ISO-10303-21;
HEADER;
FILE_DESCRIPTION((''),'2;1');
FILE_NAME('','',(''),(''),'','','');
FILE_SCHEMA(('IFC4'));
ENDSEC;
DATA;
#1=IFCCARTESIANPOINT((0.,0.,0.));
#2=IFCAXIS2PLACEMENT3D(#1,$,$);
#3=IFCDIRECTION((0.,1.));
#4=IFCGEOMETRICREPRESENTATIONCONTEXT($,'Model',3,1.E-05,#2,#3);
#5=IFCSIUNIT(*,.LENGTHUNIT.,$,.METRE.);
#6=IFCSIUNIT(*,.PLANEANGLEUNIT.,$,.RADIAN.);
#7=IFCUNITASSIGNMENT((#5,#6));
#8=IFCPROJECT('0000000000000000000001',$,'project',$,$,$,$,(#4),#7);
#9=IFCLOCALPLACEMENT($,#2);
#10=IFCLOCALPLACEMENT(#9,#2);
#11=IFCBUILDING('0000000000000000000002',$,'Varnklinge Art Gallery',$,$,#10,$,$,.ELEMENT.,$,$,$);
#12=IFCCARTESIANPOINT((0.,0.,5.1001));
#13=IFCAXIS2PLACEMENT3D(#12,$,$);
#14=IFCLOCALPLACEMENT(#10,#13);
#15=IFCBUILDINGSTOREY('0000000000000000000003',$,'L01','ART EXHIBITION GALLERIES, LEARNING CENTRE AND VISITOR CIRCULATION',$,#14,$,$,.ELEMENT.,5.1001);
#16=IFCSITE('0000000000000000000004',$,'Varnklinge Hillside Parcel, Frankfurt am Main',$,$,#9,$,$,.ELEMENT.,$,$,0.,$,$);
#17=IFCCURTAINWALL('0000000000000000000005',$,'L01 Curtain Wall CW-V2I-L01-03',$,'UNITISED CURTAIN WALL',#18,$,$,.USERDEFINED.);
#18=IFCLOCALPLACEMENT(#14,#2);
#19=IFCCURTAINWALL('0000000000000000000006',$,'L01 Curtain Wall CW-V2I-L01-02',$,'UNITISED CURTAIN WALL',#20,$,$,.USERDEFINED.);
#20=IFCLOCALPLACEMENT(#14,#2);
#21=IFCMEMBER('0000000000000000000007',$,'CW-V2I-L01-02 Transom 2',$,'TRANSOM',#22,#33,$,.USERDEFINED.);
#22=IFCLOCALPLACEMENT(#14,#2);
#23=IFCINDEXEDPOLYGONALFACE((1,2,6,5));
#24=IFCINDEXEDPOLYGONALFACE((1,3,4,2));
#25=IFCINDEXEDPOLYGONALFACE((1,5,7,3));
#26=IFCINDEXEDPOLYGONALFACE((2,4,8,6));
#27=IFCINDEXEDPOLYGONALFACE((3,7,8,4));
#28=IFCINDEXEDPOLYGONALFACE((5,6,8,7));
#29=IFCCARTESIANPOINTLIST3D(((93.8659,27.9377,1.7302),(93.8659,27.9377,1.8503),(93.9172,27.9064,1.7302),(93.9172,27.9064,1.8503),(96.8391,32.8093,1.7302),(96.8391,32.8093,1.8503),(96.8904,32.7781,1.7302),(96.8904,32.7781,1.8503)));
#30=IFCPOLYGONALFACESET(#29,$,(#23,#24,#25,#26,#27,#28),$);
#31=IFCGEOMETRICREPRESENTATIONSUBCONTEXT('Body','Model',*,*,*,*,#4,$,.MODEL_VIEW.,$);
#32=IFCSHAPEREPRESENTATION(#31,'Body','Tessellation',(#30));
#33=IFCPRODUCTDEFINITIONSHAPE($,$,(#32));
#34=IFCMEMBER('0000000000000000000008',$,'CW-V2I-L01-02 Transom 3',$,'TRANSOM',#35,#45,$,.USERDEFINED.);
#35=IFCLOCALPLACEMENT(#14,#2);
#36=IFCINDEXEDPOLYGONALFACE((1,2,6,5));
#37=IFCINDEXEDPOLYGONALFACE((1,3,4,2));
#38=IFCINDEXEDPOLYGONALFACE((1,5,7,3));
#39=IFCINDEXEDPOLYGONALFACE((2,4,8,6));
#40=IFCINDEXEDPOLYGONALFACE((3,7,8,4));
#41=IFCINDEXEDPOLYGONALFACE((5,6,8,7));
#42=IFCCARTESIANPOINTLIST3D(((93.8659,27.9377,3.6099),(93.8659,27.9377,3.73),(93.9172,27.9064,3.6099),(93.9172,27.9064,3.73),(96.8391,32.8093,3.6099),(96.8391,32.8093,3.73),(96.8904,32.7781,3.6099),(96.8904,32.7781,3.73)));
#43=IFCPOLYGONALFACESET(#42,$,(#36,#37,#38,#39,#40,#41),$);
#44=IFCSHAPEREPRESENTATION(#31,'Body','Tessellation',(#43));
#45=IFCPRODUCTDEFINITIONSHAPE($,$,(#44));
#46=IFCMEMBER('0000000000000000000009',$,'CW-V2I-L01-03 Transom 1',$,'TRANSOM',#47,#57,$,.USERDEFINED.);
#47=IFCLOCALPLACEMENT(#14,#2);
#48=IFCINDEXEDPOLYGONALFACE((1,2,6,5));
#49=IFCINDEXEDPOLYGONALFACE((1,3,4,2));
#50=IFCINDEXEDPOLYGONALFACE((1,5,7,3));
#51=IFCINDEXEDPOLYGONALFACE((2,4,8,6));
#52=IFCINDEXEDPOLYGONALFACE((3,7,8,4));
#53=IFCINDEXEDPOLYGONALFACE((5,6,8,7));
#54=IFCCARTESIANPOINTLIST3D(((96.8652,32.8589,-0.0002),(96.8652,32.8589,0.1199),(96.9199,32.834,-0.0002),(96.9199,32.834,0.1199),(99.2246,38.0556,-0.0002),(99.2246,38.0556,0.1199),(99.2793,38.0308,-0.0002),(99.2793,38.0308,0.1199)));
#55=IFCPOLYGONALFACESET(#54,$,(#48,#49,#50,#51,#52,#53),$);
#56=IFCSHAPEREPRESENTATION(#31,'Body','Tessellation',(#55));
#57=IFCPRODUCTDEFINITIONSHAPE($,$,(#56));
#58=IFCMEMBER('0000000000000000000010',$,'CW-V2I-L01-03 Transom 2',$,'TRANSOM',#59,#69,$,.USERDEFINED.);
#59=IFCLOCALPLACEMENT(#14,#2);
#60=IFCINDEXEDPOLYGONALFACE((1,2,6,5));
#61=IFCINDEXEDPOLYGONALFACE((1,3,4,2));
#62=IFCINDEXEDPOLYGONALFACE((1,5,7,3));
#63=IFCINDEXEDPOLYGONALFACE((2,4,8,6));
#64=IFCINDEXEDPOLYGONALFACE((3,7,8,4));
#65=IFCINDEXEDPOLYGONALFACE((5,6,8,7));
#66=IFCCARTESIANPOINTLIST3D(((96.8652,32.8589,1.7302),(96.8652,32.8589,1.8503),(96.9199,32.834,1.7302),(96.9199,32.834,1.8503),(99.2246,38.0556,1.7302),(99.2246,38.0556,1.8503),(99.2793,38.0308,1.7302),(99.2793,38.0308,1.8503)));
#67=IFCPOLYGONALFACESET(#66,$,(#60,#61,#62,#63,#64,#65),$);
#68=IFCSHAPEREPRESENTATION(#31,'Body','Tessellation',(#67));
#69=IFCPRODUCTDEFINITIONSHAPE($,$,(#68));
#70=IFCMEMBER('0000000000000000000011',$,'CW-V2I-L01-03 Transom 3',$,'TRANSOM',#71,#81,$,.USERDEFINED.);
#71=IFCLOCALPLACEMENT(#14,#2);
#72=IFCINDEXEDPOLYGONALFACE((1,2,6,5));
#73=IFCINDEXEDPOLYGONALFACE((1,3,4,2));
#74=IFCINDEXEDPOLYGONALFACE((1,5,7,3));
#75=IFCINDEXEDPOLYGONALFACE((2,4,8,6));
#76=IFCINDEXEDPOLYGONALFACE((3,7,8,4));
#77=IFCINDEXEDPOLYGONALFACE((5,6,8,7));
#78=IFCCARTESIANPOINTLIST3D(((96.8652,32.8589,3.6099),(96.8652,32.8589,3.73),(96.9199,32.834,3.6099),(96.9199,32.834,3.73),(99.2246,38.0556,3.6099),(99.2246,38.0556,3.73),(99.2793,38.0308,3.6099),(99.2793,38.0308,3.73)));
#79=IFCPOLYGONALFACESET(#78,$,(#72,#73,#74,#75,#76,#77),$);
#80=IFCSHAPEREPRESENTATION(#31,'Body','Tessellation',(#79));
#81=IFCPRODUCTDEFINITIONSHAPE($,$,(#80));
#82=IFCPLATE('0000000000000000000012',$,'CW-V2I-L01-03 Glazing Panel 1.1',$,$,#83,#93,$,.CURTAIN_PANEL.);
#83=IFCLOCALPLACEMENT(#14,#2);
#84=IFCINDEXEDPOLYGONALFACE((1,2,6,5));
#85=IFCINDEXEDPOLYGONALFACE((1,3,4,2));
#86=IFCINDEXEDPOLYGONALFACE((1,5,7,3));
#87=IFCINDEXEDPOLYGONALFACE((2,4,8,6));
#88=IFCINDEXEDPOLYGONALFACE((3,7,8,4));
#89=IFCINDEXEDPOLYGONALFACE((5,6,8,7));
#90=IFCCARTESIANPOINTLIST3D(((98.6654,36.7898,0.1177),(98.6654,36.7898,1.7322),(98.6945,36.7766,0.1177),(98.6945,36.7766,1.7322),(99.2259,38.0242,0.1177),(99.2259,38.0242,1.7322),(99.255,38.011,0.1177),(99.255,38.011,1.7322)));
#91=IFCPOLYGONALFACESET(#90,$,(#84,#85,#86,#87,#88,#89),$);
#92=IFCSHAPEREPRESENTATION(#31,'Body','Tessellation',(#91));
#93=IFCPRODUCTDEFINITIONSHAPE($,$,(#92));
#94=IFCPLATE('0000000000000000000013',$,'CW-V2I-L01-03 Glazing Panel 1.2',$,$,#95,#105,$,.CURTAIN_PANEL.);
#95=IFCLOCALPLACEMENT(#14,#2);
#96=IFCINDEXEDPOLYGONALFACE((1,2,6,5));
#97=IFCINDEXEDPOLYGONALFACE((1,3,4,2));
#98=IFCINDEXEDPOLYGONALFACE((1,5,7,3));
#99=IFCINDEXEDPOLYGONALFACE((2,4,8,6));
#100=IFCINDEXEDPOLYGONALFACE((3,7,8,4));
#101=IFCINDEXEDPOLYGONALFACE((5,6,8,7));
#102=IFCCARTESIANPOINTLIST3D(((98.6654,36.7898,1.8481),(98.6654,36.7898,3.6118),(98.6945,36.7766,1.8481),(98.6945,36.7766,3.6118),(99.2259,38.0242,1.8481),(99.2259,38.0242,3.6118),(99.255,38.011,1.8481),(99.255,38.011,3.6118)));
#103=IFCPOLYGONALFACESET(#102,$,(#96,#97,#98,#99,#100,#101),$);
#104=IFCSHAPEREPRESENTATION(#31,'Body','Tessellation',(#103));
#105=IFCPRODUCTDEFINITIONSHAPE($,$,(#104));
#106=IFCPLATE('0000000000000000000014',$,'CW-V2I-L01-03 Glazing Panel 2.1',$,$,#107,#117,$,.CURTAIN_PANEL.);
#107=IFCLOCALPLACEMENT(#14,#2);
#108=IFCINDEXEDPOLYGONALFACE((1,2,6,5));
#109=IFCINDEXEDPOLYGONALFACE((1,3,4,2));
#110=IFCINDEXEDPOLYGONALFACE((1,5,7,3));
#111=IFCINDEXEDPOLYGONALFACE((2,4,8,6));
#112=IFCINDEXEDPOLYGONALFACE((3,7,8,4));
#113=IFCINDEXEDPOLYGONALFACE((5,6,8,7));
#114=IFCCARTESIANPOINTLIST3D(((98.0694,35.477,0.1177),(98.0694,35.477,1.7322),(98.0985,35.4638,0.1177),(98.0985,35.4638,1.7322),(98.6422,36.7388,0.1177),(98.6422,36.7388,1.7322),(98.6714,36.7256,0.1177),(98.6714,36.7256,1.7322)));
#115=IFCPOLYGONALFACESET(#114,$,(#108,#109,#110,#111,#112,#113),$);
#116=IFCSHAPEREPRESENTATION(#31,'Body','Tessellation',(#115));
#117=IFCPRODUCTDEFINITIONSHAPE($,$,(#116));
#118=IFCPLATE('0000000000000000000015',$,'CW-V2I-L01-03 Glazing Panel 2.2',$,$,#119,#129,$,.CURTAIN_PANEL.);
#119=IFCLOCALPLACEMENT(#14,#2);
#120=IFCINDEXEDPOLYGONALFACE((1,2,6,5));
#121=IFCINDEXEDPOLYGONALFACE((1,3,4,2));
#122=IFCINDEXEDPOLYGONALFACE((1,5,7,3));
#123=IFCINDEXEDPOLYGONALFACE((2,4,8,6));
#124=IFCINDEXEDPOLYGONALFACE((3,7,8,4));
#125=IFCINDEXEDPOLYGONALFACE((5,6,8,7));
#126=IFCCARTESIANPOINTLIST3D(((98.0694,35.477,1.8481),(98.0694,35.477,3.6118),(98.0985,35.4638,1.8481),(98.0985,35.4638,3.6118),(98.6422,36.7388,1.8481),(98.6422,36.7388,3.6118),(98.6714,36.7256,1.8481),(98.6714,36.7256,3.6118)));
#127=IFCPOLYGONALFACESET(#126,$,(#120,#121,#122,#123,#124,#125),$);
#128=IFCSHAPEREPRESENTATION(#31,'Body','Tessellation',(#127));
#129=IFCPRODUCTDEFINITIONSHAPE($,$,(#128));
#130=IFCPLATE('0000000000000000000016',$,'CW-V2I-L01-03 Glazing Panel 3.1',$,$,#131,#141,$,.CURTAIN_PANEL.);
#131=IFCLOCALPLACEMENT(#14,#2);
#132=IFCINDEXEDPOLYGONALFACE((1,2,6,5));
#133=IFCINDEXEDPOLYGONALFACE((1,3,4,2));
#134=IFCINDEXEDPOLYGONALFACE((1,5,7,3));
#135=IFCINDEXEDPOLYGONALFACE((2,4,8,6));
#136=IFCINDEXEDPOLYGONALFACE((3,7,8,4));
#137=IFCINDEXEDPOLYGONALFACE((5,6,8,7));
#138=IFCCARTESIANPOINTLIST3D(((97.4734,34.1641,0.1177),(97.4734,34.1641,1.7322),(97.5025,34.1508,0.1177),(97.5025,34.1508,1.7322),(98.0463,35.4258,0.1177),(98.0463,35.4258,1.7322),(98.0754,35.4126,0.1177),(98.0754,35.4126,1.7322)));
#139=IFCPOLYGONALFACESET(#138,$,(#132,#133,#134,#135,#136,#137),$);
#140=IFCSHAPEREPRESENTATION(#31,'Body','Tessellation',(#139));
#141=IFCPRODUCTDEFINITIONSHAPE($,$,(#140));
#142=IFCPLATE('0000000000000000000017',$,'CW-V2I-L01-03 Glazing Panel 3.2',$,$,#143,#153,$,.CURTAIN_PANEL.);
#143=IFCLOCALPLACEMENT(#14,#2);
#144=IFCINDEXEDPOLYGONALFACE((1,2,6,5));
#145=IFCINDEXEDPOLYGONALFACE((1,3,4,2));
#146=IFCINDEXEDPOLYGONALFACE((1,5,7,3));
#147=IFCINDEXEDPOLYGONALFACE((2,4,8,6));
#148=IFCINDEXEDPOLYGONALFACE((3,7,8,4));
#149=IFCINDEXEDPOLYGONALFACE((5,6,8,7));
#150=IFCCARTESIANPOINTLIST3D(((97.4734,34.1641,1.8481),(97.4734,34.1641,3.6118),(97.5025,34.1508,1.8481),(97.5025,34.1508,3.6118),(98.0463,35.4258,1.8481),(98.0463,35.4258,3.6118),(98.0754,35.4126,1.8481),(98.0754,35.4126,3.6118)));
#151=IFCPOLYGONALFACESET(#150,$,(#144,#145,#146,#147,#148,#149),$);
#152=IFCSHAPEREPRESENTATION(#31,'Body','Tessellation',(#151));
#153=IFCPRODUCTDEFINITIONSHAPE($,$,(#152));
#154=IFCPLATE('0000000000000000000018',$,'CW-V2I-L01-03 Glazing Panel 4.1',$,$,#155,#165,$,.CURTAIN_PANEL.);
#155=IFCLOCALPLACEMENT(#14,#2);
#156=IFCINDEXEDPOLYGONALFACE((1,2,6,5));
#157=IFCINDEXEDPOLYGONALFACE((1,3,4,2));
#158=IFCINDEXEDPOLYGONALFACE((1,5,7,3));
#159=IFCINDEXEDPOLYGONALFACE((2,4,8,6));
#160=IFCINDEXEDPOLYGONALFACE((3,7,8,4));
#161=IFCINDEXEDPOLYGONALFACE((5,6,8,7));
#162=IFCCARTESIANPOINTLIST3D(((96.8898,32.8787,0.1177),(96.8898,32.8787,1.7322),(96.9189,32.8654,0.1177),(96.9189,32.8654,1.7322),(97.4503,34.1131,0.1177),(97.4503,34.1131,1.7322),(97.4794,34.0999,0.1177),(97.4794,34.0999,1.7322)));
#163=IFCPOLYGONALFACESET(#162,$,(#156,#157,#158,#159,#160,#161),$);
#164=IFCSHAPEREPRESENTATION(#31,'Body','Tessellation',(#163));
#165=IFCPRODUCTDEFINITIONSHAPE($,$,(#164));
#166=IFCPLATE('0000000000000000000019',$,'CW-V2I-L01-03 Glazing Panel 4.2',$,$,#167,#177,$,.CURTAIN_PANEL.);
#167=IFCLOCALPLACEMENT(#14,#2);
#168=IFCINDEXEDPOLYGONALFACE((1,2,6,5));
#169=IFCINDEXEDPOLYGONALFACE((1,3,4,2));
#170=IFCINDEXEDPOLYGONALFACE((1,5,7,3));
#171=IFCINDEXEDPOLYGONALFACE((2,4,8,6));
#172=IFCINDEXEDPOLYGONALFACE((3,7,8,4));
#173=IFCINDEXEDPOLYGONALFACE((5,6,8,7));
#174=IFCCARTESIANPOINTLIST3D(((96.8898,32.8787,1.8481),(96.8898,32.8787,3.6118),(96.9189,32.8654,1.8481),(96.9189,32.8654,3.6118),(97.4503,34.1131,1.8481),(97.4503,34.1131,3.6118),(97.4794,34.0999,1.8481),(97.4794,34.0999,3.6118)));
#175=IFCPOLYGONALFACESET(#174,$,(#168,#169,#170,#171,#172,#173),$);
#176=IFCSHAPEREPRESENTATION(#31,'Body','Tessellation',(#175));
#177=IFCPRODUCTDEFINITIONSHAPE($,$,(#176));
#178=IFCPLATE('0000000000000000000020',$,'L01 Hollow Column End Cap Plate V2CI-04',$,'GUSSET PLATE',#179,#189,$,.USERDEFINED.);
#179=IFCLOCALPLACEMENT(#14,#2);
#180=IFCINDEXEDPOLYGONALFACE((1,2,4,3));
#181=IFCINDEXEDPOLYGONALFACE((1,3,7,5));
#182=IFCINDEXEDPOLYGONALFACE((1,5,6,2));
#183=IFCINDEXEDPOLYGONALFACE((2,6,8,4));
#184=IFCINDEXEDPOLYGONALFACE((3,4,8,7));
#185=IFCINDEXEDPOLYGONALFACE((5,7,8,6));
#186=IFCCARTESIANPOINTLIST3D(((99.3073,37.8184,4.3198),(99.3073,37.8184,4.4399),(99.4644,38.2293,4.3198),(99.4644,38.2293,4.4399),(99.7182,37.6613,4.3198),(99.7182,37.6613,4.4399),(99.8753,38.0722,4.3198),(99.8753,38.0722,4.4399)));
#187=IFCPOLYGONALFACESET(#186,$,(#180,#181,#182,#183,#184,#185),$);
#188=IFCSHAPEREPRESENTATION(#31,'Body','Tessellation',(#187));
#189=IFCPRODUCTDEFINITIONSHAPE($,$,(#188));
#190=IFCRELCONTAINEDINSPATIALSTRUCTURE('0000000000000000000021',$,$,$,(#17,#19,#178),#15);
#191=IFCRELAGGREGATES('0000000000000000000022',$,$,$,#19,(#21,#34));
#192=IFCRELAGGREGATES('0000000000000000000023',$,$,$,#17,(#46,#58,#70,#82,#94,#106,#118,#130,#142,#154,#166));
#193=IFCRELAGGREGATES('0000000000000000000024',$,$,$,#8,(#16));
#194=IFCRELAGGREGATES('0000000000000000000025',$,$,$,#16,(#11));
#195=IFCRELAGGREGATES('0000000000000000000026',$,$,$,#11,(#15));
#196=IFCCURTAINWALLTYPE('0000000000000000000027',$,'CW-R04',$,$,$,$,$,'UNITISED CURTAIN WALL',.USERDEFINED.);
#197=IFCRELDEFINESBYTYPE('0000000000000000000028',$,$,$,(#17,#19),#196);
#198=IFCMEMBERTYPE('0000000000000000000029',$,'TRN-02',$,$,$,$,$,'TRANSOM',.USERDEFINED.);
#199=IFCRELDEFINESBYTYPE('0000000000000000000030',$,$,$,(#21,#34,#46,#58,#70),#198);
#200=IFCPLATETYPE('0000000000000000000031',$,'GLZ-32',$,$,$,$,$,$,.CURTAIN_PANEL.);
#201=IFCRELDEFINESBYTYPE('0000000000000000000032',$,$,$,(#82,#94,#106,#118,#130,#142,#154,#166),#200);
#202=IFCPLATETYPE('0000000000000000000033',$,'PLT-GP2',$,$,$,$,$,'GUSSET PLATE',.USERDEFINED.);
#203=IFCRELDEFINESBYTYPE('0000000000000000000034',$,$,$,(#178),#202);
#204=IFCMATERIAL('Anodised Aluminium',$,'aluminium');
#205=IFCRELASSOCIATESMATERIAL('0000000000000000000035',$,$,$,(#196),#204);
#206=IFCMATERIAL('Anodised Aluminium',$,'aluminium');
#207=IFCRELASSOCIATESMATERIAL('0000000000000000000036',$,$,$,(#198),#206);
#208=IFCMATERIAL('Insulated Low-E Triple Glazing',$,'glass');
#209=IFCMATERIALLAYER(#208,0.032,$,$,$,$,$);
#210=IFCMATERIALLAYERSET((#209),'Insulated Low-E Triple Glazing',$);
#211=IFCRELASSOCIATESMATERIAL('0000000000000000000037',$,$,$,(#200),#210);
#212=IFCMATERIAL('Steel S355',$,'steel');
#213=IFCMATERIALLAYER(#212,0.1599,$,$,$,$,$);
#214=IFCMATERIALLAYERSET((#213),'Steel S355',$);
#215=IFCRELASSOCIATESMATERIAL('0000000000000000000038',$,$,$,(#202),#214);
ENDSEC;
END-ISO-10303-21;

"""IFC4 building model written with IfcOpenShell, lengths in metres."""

from ifc_helpers import new_model, si_unit, direction, frame, origin, origin_2d, place, context, subcontext, project, spatial, rectangle, extrude, material, layer, layer_set, material_profile, profile_set, type_object, element, aggregate, save


model = new_model("IFC4")

# Units and contexts
model_context = context("Model", 3, precision=1e-05, world=origin(), true_north=direction((0.0, 1.0)))
body_context = subcontext(model_context, "Body", "Model", "MODEL_VIEW")
ifc_project = project(units=[si_unit("LENGTHUNIT", "METRE"), si_unit("PLANEANGLEUNIT", "RADIAN")], contexts=[model_context])

# Site, building, storey
site_placement = place(None, origin())
site = spatial("IfcSite", under=ifc_project, at=site_placement, Name="Varnklinge Hillside Parcel, Frankfurt am Main", CompositionType="ELEMENT", RefElevation=0.0)
building_placement = place(site_placement, origin())
building = spatial("IfcBuilding", under=site, at=building_placement, Name="Varnklinge Art Gallery", CompositionType="ELEMENT")
storey_placement = place(building_placement, frame((0.0, 0.0, 5.1001)))
storey = spatial("IfcBuildingStorey", under=building, at=storey_placement, Name="L01", Description="ART EXHIBITION GALLERIES, LEARNING CENTRE AND VISITOR CIRCULATION", CompositionType="ELEMENT", Elevation=5.1001)

# Curtain wall
ifc_material_1 = material(Name="Anodised Aluminium", Category="aluminium")
curtain_wall_type = type_object("IfcCurtainWallType", Name="CW-R04", ElementType="UNITISED CURTAIN WALL", PredefinedType="USERDEFINED", material=ifc_material_1)
curtain_wall_1_placement = place(storey_placement, origin())
curtain_wall_1 = element("IfcCurtainWall", 1, at=curtain_wall_1_placement, inside=storey, type_object=curtain_wall_type, Name="L01 Curtain Wall CW-V2I-L01-03", ObjectType="UNITISED CURTAIN WALL", PredefinedType="USERDEFINED")

# Curtain wall, members
curtain_wall_2_placement = place(storey_placement, origin())
curtain_wall_2 = element("IfcCurtainWall", 2, at=curtain_wall_2_placement, inside=storey, type_object=curtain_wall_type, Name="L01 Curtain Wall CW-V2I-L01-02", ObjectType="UNITISED CURTAIN WALL", PredefinedType="USERDEFINED")
ifc_material_2 = material(Name="Anodised Aluminium", Category="aluminium")
ifc_material_profile_1 = material_profile(ifc_material_2, rectangle(XDim=0.0601, YDim=0.1201, at=origin_2d()), Name="ALU 60x120")
ifc_profile_set_1 = profile_set([ifc_material_profile_1], Name="Anodised Aluminium")
member_type_1 = type_object("IfcMemberType", Name="TRN-02", ElementType="TRANSOM", PredefinedType="USERDEFINED", material=ifc_profile_set_1)
member_1_placement = place(storey_placement, frame((96.8647, 32.7937, 1.7903), z_axis=(-0.520948, -0.853588, 0.0), x_axis=(0.853588, -0.520948, 0.0)))
member_1 = element("IfcMember", 3, at=member_1_placement, type_object=member_type_1, Name="CW-V2I-L01-02 Transom 2", ObjectType="TRANSOM", PredefinedType="USERDEFINED", context=body_context, shape_type="SweptSolid", body=[
    extrude(rectangle(XDim=0.0601, YDim=0.1201, at=origin_2d()), origin(), (0.0, 0.0, 1.0), 5.7073),
])
member_2_placement = place(storey_placement, frame((96.8647, 32.7937, 3.6699), z_axis=(-0.520948, -0.853588, 0.0), x_axis=(0.853588, -0.520948, 0.0)))
member_2 = element("IfcMember", 4, at=member_2_placement, type_object=member_type_1, Name="CW-V2I-L01-02 Transom 3", ObjectType="TRANSOM", PredefinedType="USERDEFINED", context=body_context, shape_type="SweptSolid", body=[
    extrude(rectangle(XDim=0.0601, YDim=0.1201, at=origin_2d()), origin(), (0.0, 0.0, 1.0), 5.7073),
])
aggregate(curtain_wall_2, [member_1, member_2])

# Members
member_3_placement = place(storey_placement, frame((99.252, 38.0432, 0.0598), z_axis=(-0.413397, -0.910551, 0.0), x_axis=(0.910551, -0.413397, 0.0)))
member_3 = element("IfcMember", 5, at=member_3_placement, type_object=member_type_1, Name="CW-V2I-L01-03 Transom 1", ObjectType="TRANSOM", PredefinedType="USERDEFINED", context=body_context, shape_type="SweptSolid", body=[
    extrude(rectangle(XDim=0.0601, YDim=0.1201, at=origin_2d()), origin(), (0.0, 0.0, 1.0), 5.7073),
])
member_4_placement = place(storey_placement, frame((99.252, 38.0432, 1.7903), z_axis=(-0.413397, -0.910551, 0.0), x_axis=(0.910551, -0.413397, 0.0)))
member_4 = element("IfcMember", 6, at=member_4_placement, type_object=member_type_1, Name="CW-V2I-L01-03 Transom 2", ObjectType="TRANSOM", PredefinedType="USERDEFINED", context=body_context, shape_type="SweptSolid", body=[
    extrude(rectangle(XDim=0.0601, YDim=0.1201, at=origin_2d()), origin(), (0.0, 0.0, 1.0), 5.7073),
])
member_5_placement = place(storey_placement, frame((99.252, 38.0432, 3.6699), z_axis=(-0.413397, -0.910551, 0.0), x_axis=(0.910551, -0.413397, 0.0)))
member_5 = element("IfcMember", 7, at=member_5_placement, type_object=member_type_1, Name="CW-V2I-L01-03 Transom 3", ObjectType="TRANSOM", PredefinedType="USERDEFINED", context=body_context, shape_type="SweptSolid", body=[
    extrude(rectangle(XDim=0.0601, YDim=0.1201, at=origin_2d()), origin(), (0.0, 0.0, 1.0), 5.7073),
])

# Plates
ifc_material_3 = material(Name="Insulated Low-E Triple Glazing", Category="glass")
ifc_layer_1 = layer(ifc_material_3, 0.032)
ifc_layer_set_1 = layer_set([ifc_layer_1], Name="Insulated Low-E Triple Glazing")
plate_type_1 = type_object("IfcPlateType", Name="GLZ-32", PredefinedType="CURTAIN_PANEL", material=ifc_layer_set_1)
plate_1_placement = place(storey_placement, frame((98.9602, 37.4004, 0.1177), z_axis=(0.0, 0.0, 1.0), x_axis=(-0.413422, -0.910539, 0.0)))
plate_1 = element("IfcPlate", 8, at=plate_1_placement, type_object=plate_type_1, Name="CW-V2I-L01-03 Glazing Panel 1.1", PredefinedType="CURTAIN_PANEL", context=body_context, shape_type="SweptSolid", body=[
    extrude(rectangle(XDim=1.3557, YDim=0.032, at=origin_2d()), origin(), (0.0, 0.0, 1.0), 1.6145),
])
plate_2_placement = place(storey_placement, frame((98.9602, 37.4004, 1.8481), z_axis=(0.0, 0.0, 1.0), x_axis=(-0.413422, -0.910539, 0.0)))
plate_2 = element("IfcPlate", 9, at=plate_2_placement, type_object=plate_type_1, Name="CW-V2I-L01-03 Glazing Panel 1.2", PredefinedType="CURTAIN_PANEL", context=body_context, shape_type="SweptSolid", body=[
    extrude(rectangle(XDim=1.3557, YDim=0.032, at=origin_2d()), origin(), (0.0, 0.0, 1.0), 1.7637),
])
plate_3_placement = place(storey_placement, frame((98.3704, 36.1013, 0.1177), z_axis=(0.0, 0.0, 1.0), x_axis=(-0.413422, -0.910539, 0.0)))
plate_3 = element("IfcPlate", 10, at=plate_3_placement, type_object=plate_type_1, Name="CW-V2I-L01-03 Glazing Panel 2.1", PredefinedType="CURTAIN_PANEL", context=body_context, shape_type="SweptSolid", body=[
    extrude(rectangle(XDim=1.3857, YDim=0.032, at=origin_2d()), origin(), (0.0, 0.0, 1.0), 1.6145),
])
plate_4_placement = place(storey_placement, frame((98.3704, 36.1013, 1.8481), z_axis=(0.0, 0.0, 1.0), x_axis=(-0.413422, -0.910539, 0.0)))
plate_4 = element("IfcPlate", 11, at=plate_4_placement, type_object=plate_type_1, Name="CW-V2I-L01-03 Glazing Panel 2.2", PredefinedType="CURTAIN_PANEL", context=body_context, shape_type="SweptSolid", body=[
    extrude(rectangle(XDim=1.3857, YDim=0.032, at=origin_2d()), origin(), (0.0, 0.0, 1.0), 1.7637),
])
plate_5_placement = place(storey_placement, frame((97.7744, 34.7883, 0.1177), z_axis=(0.0, 0.0, 1.0), x_axis=(-0.413422, -0.910539, 0.0)))
plate_5 = element("IfcPlate", 12, at=plate_5_placement, type_object=plate_type_1, Name="CW-V2I-L01-03 Glazing Panel 3.1", PredefinedType="CURTAIN_PANEL", context=body_context, shape_type="SweptSolid", body=[
    extrude(rectangle(XDim=1.3857, YDim=0.032, at=origin_2d()), origin(), (0.0, 0.0, 1.0), 1.6145),
])
plate_6_placement = place(storey_placement, frame((97.7744, 34.7883, 1.8481), z_axis=(0.0, 0.0, 1.0), x_axis=(-0.413422, -0.910539, 0.0)))
plate_6 = element("IfcPlate", 13, at=plate_6_placement, type_object=plate_type_1, Name="CW-V2I-L01-03 Glazing Panel 3.2", PredefinedType="CURTAIN_PANEL", context=body_context, shape_type="SweptSolid", body=[
    extrude(rectangle(XDim=1.3857, YDim=0.032, at=origin_2d()), origin(), (0.0, 0.0, 1.0), 1.7637),
])
plate_7_placement = place(storey_placement, frame((97.1846, 33.4893, 0.1177), z_axis=(0.0, 0.0, 1.0), x_axis=(-0.413422, -0.910539, 0.0)))
plate_7 = element("IfcPlate", 14, at=plate_7_placement, type_object=plate_type_1, Name="CW-V2I-L01-03 Glazing Panel 4.1", PredefinedType="CURTAIN_PANEL", context=body_context, shape_type="SweptSolid", body=[
    extrude(rectangle(XDim=1.3557, YDim=0.032, at=origin_2d()), origin(), (0.0, 0.0, 1.0), 1.6145),
])
plate_8_placement = place(storey_placement, frame((97.1846, 33.4893, 1.8481), z_axis=(0.0, 0.0, 1.0), x_axis=(-0.413422, -0.910539, 0.0)))
plate_8 = element("IfcPlate", 15, at=plate_8_placement, type_object=plate_type_1, Name="CW-V2I-L01-03 Glazing Panel 4.2", PredefinedType="CURTAIN_PANEL", context=body_context, shape_type="SweptSolid", body=[
    extrude(rectangle(XDim=1.3557, YDim=0.032, at=origin_2d()), origin(), (0.0, 0.0, 1.0), 1.7637),
])
aggregate(curtain_wall_1, [member_3, member_4, member_5, plate_1, plate_2, plate_3, plate_4, plate_5, plate_6, plate_7, plate_8])
ifc_material_4 = material(Name="Steel S355", Category="steel")
ifc_layer_2 = layer(ifc_material_4, 0.1599)
ifc_layer_set_2 = layer_set([ifc_layer_2], Name="Steel S355")
plate_type_2 = type_object("IfcPlateType", Name="PLT-GP2", ElementType="GUSSET PLATE", PredefinedType="USERDEFINED", material=ifc_layer_set_2)
plate_9_placement = place(storey_placement, frame((99.5913, 37.9453, 4.3198), z_axis=(0.0, 0.0, 1.0), x_axis=(-0.934018, 0.357227, 0.0)))
element("IfcPlate", 16, at=plate_9_placement, inside=storey, type_object=plate_type_2, Name="L01 Hollow Column End Cap Plate V2CI-04", ObjectType="GUSSET PLATE", PredefinedType="USERDEFINED", context=body_context, shape_type="SweptSolid", body=[
    extrude(rectangle(XDim=0.4399, YDim=0.4399, at=origin_2d()), origin(), (0.0, 0.0, 1.0), 0.1201),
])

save(model, "model.ifc")
